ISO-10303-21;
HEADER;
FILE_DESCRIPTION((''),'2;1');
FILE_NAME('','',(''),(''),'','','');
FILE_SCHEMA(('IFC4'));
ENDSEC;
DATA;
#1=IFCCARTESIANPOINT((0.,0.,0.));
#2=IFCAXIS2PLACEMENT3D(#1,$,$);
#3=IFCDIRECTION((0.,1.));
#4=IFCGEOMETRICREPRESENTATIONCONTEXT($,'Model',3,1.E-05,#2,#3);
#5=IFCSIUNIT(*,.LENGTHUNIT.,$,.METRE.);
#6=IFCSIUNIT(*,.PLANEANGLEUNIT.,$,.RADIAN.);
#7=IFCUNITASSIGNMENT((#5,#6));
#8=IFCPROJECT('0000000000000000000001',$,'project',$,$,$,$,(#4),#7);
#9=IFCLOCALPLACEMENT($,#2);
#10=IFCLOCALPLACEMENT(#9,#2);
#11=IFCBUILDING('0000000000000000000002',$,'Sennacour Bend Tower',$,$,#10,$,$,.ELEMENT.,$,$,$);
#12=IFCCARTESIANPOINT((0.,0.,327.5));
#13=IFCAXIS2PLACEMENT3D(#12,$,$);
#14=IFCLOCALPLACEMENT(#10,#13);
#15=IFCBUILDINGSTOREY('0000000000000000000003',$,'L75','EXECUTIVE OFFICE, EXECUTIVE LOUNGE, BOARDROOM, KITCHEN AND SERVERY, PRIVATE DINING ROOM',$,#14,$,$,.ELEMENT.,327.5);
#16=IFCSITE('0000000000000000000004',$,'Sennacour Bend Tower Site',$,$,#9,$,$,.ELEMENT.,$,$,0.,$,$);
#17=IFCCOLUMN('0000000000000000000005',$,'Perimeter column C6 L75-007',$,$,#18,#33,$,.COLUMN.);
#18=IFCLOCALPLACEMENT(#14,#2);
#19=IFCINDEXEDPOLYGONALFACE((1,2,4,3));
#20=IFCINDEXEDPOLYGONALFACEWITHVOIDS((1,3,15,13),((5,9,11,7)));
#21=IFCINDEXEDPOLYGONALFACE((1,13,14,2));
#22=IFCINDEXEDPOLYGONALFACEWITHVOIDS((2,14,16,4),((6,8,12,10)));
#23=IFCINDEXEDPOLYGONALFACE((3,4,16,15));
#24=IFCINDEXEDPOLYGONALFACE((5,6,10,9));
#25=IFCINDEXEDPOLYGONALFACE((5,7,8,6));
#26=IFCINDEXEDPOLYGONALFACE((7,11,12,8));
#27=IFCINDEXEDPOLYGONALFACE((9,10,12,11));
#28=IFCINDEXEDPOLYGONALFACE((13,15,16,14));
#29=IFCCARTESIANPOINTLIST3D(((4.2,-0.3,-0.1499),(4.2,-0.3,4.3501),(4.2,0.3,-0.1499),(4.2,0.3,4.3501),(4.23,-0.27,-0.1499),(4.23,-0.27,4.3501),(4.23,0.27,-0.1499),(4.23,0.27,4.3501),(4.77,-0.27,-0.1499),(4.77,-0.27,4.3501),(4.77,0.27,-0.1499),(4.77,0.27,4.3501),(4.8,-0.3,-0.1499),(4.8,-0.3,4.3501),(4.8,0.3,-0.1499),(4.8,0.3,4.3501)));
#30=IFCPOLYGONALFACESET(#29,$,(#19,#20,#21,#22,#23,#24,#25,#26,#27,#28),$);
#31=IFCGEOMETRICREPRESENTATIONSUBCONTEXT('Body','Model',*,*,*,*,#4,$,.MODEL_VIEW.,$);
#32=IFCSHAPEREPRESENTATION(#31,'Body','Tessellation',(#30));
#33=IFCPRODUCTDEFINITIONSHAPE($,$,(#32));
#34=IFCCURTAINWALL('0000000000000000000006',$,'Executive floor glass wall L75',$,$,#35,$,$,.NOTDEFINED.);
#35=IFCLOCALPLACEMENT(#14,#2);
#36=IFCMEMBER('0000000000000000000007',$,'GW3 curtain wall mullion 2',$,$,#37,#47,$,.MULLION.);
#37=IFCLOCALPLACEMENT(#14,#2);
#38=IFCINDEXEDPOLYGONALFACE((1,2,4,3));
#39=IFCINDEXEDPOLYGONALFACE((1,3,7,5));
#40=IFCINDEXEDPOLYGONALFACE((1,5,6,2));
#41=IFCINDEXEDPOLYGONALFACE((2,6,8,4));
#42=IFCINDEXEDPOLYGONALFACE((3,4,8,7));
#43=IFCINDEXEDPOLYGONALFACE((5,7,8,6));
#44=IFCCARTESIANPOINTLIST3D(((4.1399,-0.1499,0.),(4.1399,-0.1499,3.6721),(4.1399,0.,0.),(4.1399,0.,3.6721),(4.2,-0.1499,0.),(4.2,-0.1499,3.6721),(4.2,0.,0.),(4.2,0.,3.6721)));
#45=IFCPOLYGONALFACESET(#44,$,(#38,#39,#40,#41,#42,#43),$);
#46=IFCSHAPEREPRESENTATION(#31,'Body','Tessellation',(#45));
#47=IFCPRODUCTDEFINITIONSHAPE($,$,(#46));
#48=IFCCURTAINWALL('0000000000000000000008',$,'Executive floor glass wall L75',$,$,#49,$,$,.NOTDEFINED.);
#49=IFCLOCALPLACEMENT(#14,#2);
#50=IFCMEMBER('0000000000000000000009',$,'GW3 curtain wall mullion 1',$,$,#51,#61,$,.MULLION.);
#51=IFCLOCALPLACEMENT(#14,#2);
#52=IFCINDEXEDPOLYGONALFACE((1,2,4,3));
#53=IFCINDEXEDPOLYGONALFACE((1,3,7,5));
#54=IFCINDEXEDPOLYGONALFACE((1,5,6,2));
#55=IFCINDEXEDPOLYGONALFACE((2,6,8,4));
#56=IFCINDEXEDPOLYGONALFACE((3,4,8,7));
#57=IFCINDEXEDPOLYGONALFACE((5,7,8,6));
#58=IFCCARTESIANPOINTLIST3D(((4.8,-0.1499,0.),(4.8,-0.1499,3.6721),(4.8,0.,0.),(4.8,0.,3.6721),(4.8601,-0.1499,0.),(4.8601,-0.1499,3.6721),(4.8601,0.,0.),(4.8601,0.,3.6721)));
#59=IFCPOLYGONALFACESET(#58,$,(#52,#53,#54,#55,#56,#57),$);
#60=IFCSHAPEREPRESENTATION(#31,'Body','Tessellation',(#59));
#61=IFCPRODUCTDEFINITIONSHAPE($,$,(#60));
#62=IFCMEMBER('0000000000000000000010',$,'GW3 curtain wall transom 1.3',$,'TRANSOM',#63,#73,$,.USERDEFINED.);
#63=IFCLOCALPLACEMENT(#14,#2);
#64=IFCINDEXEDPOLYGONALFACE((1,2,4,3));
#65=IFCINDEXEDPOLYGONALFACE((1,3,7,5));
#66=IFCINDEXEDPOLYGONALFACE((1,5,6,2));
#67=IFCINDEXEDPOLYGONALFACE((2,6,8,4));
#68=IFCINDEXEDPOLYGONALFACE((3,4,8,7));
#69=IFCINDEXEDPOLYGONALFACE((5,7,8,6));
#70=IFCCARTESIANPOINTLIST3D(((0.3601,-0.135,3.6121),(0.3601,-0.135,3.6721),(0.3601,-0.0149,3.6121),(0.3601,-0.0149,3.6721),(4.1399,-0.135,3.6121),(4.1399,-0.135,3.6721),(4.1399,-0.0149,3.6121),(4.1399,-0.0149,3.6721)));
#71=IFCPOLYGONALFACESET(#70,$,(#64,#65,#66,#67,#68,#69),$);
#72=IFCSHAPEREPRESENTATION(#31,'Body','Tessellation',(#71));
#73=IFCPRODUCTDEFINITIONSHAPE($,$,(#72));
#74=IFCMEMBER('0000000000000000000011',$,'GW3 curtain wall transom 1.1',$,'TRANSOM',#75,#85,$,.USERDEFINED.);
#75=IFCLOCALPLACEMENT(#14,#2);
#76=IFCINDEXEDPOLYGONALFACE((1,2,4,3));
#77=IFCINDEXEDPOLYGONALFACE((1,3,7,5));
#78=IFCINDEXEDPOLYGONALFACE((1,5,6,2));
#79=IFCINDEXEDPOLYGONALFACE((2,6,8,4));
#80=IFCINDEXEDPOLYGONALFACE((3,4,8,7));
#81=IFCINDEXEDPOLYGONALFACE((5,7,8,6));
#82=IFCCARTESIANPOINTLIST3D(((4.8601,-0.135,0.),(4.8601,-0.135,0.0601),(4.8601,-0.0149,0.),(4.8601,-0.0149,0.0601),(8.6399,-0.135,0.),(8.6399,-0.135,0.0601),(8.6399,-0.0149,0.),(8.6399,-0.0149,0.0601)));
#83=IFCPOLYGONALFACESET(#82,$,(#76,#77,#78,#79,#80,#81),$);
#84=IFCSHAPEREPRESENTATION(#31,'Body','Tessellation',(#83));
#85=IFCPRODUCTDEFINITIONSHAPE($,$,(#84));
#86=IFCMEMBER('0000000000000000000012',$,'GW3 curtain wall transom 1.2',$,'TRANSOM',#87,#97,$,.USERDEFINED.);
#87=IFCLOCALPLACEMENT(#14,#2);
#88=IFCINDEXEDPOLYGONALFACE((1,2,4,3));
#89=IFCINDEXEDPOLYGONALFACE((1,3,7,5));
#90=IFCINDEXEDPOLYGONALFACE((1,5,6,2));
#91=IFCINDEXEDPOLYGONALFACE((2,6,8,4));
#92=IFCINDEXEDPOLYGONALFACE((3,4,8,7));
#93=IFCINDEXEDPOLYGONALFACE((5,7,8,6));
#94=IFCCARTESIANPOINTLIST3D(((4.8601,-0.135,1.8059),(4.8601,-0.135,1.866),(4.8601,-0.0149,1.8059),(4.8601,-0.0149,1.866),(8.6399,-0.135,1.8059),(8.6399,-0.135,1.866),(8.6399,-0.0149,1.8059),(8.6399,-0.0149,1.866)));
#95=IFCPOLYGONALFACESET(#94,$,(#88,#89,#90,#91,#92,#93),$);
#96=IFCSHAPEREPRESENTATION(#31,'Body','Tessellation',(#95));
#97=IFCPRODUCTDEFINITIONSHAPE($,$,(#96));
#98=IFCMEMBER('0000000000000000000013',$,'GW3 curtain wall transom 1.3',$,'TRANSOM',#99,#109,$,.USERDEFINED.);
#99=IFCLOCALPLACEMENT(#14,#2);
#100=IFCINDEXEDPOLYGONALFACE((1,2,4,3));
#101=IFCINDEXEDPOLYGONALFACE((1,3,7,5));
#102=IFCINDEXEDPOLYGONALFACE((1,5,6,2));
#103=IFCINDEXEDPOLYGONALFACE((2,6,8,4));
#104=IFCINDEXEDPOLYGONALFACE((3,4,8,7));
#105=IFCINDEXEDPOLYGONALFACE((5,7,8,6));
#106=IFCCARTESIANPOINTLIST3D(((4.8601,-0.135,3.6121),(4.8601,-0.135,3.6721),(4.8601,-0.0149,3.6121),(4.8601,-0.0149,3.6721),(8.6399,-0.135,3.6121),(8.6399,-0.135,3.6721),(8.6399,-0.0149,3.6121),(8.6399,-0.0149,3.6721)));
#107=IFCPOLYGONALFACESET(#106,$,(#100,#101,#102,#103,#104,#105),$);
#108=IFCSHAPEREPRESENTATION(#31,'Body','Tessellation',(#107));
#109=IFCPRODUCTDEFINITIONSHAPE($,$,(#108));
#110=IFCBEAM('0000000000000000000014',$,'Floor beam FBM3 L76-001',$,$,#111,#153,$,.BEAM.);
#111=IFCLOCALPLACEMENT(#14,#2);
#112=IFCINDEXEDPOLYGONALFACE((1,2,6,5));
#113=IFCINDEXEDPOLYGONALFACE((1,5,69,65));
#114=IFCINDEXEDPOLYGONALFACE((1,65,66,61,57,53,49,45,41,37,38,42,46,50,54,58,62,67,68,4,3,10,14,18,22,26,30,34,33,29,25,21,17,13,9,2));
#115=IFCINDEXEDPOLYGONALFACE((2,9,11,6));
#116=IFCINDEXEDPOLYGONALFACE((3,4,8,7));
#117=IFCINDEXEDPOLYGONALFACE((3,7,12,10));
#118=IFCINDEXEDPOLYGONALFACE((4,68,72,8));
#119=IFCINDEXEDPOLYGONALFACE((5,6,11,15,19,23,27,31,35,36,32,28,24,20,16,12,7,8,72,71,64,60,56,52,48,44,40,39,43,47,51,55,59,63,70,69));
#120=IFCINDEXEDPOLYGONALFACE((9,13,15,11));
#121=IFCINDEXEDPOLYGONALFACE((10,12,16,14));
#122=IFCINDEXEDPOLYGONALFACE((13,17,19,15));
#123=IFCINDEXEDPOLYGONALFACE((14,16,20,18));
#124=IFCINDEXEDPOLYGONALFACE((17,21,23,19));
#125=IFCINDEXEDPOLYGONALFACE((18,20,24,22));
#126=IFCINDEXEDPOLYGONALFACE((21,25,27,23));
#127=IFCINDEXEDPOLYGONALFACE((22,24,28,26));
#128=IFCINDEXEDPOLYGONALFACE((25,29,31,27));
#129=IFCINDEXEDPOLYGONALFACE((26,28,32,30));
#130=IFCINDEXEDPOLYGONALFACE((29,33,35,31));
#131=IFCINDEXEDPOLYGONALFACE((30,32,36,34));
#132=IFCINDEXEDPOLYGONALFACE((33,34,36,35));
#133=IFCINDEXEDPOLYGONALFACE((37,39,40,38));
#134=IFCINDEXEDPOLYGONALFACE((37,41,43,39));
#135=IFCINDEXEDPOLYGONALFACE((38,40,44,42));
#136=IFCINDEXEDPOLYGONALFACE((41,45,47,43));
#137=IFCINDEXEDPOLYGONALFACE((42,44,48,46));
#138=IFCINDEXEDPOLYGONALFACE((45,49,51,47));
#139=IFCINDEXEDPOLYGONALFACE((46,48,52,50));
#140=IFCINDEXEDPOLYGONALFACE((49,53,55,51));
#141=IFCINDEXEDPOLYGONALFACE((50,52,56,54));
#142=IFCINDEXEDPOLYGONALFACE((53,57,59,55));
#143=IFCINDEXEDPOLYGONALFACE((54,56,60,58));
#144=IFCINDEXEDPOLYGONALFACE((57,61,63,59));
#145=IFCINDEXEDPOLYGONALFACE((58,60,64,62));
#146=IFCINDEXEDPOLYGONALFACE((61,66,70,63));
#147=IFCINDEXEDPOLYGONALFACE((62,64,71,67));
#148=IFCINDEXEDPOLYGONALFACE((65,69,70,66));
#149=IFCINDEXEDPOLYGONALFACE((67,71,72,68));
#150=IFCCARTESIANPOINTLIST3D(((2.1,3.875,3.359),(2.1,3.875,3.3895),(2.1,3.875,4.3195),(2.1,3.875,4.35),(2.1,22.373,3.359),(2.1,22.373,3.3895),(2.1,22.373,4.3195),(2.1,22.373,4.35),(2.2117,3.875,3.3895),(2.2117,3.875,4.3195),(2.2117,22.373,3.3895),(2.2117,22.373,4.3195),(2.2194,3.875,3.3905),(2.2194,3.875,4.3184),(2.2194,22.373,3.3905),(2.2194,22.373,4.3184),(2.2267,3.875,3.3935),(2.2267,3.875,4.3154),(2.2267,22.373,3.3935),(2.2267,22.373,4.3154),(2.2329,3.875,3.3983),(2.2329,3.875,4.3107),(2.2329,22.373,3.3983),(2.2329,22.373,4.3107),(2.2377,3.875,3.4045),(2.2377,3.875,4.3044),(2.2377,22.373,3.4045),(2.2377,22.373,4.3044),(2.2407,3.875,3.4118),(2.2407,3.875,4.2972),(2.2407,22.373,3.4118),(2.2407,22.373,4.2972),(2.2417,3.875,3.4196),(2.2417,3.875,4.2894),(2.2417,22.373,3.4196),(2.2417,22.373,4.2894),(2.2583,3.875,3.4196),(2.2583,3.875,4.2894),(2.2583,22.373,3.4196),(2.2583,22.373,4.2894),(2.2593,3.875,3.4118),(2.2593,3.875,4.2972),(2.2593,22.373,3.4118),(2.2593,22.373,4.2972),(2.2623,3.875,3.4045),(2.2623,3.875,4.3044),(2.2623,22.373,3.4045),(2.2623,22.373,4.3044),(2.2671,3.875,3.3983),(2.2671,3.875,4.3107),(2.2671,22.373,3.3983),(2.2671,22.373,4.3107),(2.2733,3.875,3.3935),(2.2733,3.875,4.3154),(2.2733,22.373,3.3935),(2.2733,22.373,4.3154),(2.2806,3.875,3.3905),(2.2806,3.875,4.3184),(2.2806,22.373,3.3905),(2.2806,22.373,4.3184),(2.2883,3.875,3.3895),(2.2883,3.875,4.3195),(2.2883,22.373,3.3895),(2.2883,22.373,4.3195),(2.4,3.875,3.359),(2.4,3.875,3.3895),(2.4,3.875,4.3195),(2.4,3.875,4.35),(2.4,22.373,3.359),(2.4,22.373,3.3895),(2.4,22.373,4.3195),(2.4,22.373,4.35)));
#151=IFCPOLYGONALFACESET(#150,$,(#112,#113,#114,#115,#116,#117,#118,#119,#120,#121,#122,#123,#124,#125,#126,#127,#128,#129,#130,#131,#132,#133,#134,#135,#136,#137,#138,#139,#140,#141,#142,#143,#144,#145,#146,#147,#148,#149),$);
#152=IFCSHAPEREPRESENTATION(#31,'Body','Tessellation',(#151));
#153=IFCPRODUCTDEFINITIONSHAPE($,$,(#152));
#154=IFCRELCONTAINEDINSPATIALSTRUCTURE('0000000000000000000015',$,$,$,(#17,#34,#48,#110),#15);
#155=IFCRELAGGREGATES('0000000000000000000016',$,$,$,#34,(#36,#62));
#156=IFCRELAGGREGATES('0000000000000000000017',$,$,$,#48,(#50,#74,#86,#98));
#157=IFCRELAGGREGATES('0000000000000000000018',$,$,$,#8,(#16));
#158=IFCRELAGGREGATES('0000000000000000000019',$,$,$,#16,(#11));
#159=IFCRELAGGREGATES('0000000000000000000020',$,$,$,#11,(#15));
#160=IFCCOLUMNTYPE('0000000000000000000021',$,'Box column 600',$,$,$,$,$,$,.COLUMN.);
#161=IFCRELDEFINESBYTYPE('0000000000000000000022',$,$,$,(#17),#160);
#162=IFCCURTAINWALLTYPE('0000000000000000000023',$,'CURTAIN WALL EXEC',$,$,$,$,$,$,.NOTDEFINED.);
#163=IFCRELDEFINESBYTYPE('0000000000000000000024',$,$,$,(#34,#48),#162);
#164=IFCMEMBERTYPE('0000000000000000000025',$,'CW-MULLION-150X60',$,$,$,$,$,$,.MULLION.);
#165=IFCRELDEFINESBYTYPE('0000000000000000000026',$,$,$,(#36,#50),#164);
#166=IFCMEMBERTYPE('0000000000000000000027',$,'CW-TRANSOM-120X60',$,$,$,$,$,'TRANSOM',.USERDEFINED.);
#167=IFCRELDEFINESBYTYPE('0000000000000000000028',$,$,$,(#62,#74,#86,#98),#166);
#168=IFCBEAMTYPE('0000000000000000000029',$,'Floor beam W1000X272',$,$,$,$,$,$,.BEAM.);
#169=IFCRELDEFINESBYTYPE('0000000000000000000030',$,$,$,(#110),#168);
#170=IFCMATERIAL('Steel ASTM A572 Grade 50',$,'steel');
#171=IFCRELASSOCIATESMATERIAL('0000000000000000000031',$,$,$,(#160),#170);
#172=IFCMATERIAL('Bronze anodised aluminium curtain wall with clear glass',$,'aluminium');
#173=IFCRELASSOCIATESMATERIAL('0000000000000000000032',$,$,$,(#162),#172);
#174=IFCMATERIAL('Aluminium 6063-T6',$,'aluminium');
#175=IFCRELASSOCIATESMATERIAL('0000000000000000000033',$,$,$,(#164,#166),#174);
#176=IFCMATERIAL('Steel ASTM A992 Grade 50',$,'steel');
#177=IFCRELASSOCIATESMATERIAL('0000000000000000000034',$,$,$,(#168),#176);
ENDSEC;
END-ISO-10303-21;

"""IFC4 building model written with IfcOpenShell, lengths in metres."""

from ifc_helpers import new_model, si_unit, direction, frame, origin, origin_2d, place, context, subcontext, project, spatial, rectangle, hollow_rectangle, i_section, extrude, material, material_profile, profile_set, type_object, element, aggregate, save


model = new_model("IFC4")

# Units and contexts
model_context = context("Model", 3, precision=1e-05, world=origin(), true_north=direction((0.0, 1.0)))
body_context = subcontext(model_context, "Body", "Model", "MODEL_VIEW")
ifc_project = project(units=[si_unit("LENGTHUNIT", "METRE"), si_unit("PLANEANGLEUNIT", "RADIAN")], contexts=[model_context])

# Site, building, storey
site_placement = place(None, origin())
site = spatial("IfcSite", under=ifc_project, at=site_placement, Name="Sennacour Bend Tower Site", CompositionType="ELEMENT", RefElevation=0.0)
building_placement = place(site_placement, origin())
building = spatial("IfcBuilding", under=site, at=building_placement, Name="Sennacour Bend Tower", CompositionType="ELEMENT")
storey_placement = place(building_placement, frame((0.0, 0.0, 327.5)))
storey = spatial("IfcBuildingStorey", under=building, at=storey_placement, Name="L75", Description="EXECUTIVE OFFICE, EXECUTIVE LOUNGE, BOARDROOM, KITCHEN AND SERVERY, PRIVATE DINING ROOM", CompositionType="ELEMENT", Elevation=327.5)

# Column
ifc_material_1 = material(Name="Steel ASTM A572 Grade 50", Category="steel")
ifc_material_profile_1 = material_profile(ifc_material_1, hollow_rectangle(XDim=0.6001, YDim=0.6001, WallThickness=0.03, at=origin_2d()), Name="Steel ASTM A572 Grade 50", Category="steel")
ifc_profile_set_1 = profile_set([ifc_material_profile_1], Name="Steel ASTM A572 Grade 50")
column_type = type_object("IfcColumnType", Name="Box column 600", PredefinedType="COLUMN", material=ifc_profile_set_1)
column_placement = place(storey_placement, frame((4.5, 0.0, -0.1499), z_axis=(0.0, 0.0, 1.0), x_axis=(1.0, 0.0, 0.0)))
element("IfcColumn", 1, at=column_placement, inside=storey, type_object=column_type, Name="Perimeter column C6 L75-007", PredefinedType="COLUMN", context=body_context, shape_type="SweptSolid", body=[
    extrude(hollow_rectangle(XDim=0.6001, YDim=0.6001, WallThickness=0.03, at=origin_2d()), origin(), (0.0, 0.0, 1.0), 4.5),
])

# Curtain walls, members
ifc_material_2 = material(Name="Bronze anodised aluminium curtain wall with clear glass", Category="aluminium")
curtain_wall_type = type_object("IfcCurtainWallType", Name="CURTAIN WALL EXEC", PredefinedType="NOTDEFINED", material=ifc_material_2)
curtain_wall_1_placement = place(storey_placement, origin())
curtain_wall_1 = element("IfcCurtainWall", 2, at=curtain_wall_1_placement, inside=storey, type_object=curtain_wall_type, Name="Executive floor glass wall L75", PredefinedType="NOTDEFINED")
ifc_material_3 = material(Name="Aluminium 6063-T6", Category="aluminium")
ifc_material_profile_2 = material_profile(ifc_material_3, rectangle(XDim=0.1499, YDim=0.0601, at=origin_2d()), Name="Aluminium 6063-T6", Category="aluminium")
ifc_profile_set_2 = profile_set([ifc_material_profile_2], Name="Aluminium 6063-T6")
member_type_1 = type_object("IfcMemberType", Name="CW-MULLION-150X60", PredefinedType="MULLION", material=ifc_profile_set_2)
member_1_placement = place(storey_placement, frame((4.1699, -0.075, 0.0), z_axis=(0.0, 0.0, 1.0), x_axis=(0.0, 1.0, 0.0)))
member_1 = element("IfcMember", 3, at=member_1_placement, type_object=member_type_1, Name="GW3 curtain wall mullion 2", PredefinedType="MULLION", context=body_context, shape_type="SweptSolid", body=[
    extrude(rectangle(XDim=0.1499, YDim=0.0601, at=origin_2d()), origin(), (0.0, 0.0, 1.0), 3.6721),
])
curtain_wall_2_placement = place(storey_placement, origin())
curtain_wall_2 = element("IfcCurtainWall", 4, at=curtain_wall_2_placement, inside=storey, type_object=curtain_wall_type, Name="Executive floor glass wall L75", PredefinedType="NOTDEFINED")
member_2_placement = place(storey_placement, frame((4.8301, -0.075, 0.0), z_axis=(0.0, 0.0, 1.0), x_axis=(0.0, 1.0, 0.0)))
member_2 = element("IfcMember", 5, at=member_2_placement, type_object=member_type_1, Name="GW3 curtain wall mullion 1", PredefinedType="MULLION", context=body_context, shape_type="SweptSolid", body=[
    extrude(rectangle(XDim=0.1499, YDim=0.0601, at=origin_2d()), origin(), (0.0, 0.0, 1.0), 3.6721),
])

# Members
ifc_material_profile_3 = material_profile(ifc_material_3, rectangle(XDim=0.1201, YDim=0.0601, at=origin_2d()), Name="Aluminium 6063-T6", Category="aluminium")
ifc_profile_set_3 = profile_set([ifc_material_profile_3], Name="Aluminium 6063-T6")
member_type_2 = type_object("IfcMemberType", Name="CW-TRANSOM-120X60", ElementType="TRANSOM", PredefinedType="USERDEFINED", material=ifc_profile_set_3)
member_3_placement = place(storey_placement, frame((0.3601, -0.075, 3.6421), z_axis=(1.0, 0.0, 0.0), x_axis=(0.0, 1.0, 0.0)))
member_3 = element("IfcMember", 6, at=member_3_placement, type_object=member_type_2, Name="GW3 curtain wall transom 1.3", ObjectType="TRANSOM", PredefinedType="USERDEFINED", context=body_context, shape_type="SweptSolid", body=[
    extrude(rectangle(XDim=0.1201, YDim=0.0601, at=origin_2d()), origin(), (0.0, 0.0, 1.0), 3.7798),
])
member_4_placement = place(storey_placement, frame((4.8601, -0.075, 0.03), z_axis=(1.0, 0.0, 0.0), x_axis=(0.0, 1.0, 0.0)))
member_4 = element("IfcMember", 7, at=member_4_placement, type_object=member_type_2, Name="GW3 curtain wall transom 1.1", ObjectType="TRANSOM", PredefinedType="USERDEFINED", context=body_context, shape_type="SweptSolid", body=[
    extrude(rectangle(XDim=0.1201, YDim=0.0601, at=origin_2d()), origin(), (0.0, 0.0, 1.0), 3.7798),
])
member_5_placement = place(storey_placement, frame((4.8601, -0.075, 1.8359), z_axis=(1.0, 0.0, 0.0), x_axis=(0.0, 1.0, 0.0)))
member_5 = element("IfcMember", 8, at=member_5_placement, type_object=member_type_2, Name="GW3 curtain wall transom 1.2", ObjectType="TRANSOM", PredefinedType="USERDEFINED", context=body_context, shape_type="SweptSolid", body=[
    extrude(rectangle(XDim=0.1201, YDim=0.0601, at=origin_2d()), origin(), (0.0, 0.0, 1.0), 3.7798),
])
member_6_placement = place(storey_placement, frame((4.8601, -0.075, 3.6421), z_axis=(1.0, 0.0, 0.0), x_axis=(0.0, 1.0, 0.0)))
member_6 = element("IfcMember", 9, at=member_6_placement, type_object=member_type_2, Name="GW3 curtain wall transom 1.3", ObjectType="TRANSOM", PredefinedType="USERDEFINED", context=body_context, shape_type="SweptSolid", body=[
    extrude(rectangle(XDim=0.1201, YDim=0.0601, at=origin_2d()), origin(), (0.0, 0.0, 1.0), 3.7798),
])

# Beam
ifc_material_4 = material(Name="Steel ASTM A992 Grade 50", Category="steel")
ifc_material_profile_4 = material_profile(ifc_material_4, i_section(OverallWidth=0.3, OverallDepth=0.991, WebThickness=0.0166, FlangeThickness=0.0305, FilletRadius=0.03, at=origin_2d()), Name="Steel ASTM A992 Grade 50", Category="steel")
ifc_profile_set_4 = profile_set([ifc_material_profile_4], Name="Steel ASTM A992 Grade 50")
beam_type_1 = type_object("IfcBeamType", Name="Floor beam W1000X272", PredefinedType="BEAM", material=ifc_profile_set_4)
beam_1_placement = place(storey_placement, frame((2.25, 3.875, 3.8545), z_axis=(0.0, 1.0, 0.0), x_axis=(-1.0, 0.0, 0.0)))
element("IfcBeam", 10, at=beam_1_placement, inside=storey, type_object=beam_type_1, Name="Floor beam FBM3 L76-001", PredefinedType="BEAM", context=body_context, shape_type="SweptSolid", body=[
    extrude(i_section(OverallWidth=0.3, OverallDepth=0.991, WebThickness=0.0166, FlangeThickness=0.0305, FilletRadius=0.03, at=origin_2d()), origin(), (0.0, 0.0, 1.0), 18.498),
])

aggregate(curtain_wall_1, [member_1, member_3])
aggregate(curtain_wall_2, [member_2, member_4, member_5, member_6])

save(model, "model.ifc")
